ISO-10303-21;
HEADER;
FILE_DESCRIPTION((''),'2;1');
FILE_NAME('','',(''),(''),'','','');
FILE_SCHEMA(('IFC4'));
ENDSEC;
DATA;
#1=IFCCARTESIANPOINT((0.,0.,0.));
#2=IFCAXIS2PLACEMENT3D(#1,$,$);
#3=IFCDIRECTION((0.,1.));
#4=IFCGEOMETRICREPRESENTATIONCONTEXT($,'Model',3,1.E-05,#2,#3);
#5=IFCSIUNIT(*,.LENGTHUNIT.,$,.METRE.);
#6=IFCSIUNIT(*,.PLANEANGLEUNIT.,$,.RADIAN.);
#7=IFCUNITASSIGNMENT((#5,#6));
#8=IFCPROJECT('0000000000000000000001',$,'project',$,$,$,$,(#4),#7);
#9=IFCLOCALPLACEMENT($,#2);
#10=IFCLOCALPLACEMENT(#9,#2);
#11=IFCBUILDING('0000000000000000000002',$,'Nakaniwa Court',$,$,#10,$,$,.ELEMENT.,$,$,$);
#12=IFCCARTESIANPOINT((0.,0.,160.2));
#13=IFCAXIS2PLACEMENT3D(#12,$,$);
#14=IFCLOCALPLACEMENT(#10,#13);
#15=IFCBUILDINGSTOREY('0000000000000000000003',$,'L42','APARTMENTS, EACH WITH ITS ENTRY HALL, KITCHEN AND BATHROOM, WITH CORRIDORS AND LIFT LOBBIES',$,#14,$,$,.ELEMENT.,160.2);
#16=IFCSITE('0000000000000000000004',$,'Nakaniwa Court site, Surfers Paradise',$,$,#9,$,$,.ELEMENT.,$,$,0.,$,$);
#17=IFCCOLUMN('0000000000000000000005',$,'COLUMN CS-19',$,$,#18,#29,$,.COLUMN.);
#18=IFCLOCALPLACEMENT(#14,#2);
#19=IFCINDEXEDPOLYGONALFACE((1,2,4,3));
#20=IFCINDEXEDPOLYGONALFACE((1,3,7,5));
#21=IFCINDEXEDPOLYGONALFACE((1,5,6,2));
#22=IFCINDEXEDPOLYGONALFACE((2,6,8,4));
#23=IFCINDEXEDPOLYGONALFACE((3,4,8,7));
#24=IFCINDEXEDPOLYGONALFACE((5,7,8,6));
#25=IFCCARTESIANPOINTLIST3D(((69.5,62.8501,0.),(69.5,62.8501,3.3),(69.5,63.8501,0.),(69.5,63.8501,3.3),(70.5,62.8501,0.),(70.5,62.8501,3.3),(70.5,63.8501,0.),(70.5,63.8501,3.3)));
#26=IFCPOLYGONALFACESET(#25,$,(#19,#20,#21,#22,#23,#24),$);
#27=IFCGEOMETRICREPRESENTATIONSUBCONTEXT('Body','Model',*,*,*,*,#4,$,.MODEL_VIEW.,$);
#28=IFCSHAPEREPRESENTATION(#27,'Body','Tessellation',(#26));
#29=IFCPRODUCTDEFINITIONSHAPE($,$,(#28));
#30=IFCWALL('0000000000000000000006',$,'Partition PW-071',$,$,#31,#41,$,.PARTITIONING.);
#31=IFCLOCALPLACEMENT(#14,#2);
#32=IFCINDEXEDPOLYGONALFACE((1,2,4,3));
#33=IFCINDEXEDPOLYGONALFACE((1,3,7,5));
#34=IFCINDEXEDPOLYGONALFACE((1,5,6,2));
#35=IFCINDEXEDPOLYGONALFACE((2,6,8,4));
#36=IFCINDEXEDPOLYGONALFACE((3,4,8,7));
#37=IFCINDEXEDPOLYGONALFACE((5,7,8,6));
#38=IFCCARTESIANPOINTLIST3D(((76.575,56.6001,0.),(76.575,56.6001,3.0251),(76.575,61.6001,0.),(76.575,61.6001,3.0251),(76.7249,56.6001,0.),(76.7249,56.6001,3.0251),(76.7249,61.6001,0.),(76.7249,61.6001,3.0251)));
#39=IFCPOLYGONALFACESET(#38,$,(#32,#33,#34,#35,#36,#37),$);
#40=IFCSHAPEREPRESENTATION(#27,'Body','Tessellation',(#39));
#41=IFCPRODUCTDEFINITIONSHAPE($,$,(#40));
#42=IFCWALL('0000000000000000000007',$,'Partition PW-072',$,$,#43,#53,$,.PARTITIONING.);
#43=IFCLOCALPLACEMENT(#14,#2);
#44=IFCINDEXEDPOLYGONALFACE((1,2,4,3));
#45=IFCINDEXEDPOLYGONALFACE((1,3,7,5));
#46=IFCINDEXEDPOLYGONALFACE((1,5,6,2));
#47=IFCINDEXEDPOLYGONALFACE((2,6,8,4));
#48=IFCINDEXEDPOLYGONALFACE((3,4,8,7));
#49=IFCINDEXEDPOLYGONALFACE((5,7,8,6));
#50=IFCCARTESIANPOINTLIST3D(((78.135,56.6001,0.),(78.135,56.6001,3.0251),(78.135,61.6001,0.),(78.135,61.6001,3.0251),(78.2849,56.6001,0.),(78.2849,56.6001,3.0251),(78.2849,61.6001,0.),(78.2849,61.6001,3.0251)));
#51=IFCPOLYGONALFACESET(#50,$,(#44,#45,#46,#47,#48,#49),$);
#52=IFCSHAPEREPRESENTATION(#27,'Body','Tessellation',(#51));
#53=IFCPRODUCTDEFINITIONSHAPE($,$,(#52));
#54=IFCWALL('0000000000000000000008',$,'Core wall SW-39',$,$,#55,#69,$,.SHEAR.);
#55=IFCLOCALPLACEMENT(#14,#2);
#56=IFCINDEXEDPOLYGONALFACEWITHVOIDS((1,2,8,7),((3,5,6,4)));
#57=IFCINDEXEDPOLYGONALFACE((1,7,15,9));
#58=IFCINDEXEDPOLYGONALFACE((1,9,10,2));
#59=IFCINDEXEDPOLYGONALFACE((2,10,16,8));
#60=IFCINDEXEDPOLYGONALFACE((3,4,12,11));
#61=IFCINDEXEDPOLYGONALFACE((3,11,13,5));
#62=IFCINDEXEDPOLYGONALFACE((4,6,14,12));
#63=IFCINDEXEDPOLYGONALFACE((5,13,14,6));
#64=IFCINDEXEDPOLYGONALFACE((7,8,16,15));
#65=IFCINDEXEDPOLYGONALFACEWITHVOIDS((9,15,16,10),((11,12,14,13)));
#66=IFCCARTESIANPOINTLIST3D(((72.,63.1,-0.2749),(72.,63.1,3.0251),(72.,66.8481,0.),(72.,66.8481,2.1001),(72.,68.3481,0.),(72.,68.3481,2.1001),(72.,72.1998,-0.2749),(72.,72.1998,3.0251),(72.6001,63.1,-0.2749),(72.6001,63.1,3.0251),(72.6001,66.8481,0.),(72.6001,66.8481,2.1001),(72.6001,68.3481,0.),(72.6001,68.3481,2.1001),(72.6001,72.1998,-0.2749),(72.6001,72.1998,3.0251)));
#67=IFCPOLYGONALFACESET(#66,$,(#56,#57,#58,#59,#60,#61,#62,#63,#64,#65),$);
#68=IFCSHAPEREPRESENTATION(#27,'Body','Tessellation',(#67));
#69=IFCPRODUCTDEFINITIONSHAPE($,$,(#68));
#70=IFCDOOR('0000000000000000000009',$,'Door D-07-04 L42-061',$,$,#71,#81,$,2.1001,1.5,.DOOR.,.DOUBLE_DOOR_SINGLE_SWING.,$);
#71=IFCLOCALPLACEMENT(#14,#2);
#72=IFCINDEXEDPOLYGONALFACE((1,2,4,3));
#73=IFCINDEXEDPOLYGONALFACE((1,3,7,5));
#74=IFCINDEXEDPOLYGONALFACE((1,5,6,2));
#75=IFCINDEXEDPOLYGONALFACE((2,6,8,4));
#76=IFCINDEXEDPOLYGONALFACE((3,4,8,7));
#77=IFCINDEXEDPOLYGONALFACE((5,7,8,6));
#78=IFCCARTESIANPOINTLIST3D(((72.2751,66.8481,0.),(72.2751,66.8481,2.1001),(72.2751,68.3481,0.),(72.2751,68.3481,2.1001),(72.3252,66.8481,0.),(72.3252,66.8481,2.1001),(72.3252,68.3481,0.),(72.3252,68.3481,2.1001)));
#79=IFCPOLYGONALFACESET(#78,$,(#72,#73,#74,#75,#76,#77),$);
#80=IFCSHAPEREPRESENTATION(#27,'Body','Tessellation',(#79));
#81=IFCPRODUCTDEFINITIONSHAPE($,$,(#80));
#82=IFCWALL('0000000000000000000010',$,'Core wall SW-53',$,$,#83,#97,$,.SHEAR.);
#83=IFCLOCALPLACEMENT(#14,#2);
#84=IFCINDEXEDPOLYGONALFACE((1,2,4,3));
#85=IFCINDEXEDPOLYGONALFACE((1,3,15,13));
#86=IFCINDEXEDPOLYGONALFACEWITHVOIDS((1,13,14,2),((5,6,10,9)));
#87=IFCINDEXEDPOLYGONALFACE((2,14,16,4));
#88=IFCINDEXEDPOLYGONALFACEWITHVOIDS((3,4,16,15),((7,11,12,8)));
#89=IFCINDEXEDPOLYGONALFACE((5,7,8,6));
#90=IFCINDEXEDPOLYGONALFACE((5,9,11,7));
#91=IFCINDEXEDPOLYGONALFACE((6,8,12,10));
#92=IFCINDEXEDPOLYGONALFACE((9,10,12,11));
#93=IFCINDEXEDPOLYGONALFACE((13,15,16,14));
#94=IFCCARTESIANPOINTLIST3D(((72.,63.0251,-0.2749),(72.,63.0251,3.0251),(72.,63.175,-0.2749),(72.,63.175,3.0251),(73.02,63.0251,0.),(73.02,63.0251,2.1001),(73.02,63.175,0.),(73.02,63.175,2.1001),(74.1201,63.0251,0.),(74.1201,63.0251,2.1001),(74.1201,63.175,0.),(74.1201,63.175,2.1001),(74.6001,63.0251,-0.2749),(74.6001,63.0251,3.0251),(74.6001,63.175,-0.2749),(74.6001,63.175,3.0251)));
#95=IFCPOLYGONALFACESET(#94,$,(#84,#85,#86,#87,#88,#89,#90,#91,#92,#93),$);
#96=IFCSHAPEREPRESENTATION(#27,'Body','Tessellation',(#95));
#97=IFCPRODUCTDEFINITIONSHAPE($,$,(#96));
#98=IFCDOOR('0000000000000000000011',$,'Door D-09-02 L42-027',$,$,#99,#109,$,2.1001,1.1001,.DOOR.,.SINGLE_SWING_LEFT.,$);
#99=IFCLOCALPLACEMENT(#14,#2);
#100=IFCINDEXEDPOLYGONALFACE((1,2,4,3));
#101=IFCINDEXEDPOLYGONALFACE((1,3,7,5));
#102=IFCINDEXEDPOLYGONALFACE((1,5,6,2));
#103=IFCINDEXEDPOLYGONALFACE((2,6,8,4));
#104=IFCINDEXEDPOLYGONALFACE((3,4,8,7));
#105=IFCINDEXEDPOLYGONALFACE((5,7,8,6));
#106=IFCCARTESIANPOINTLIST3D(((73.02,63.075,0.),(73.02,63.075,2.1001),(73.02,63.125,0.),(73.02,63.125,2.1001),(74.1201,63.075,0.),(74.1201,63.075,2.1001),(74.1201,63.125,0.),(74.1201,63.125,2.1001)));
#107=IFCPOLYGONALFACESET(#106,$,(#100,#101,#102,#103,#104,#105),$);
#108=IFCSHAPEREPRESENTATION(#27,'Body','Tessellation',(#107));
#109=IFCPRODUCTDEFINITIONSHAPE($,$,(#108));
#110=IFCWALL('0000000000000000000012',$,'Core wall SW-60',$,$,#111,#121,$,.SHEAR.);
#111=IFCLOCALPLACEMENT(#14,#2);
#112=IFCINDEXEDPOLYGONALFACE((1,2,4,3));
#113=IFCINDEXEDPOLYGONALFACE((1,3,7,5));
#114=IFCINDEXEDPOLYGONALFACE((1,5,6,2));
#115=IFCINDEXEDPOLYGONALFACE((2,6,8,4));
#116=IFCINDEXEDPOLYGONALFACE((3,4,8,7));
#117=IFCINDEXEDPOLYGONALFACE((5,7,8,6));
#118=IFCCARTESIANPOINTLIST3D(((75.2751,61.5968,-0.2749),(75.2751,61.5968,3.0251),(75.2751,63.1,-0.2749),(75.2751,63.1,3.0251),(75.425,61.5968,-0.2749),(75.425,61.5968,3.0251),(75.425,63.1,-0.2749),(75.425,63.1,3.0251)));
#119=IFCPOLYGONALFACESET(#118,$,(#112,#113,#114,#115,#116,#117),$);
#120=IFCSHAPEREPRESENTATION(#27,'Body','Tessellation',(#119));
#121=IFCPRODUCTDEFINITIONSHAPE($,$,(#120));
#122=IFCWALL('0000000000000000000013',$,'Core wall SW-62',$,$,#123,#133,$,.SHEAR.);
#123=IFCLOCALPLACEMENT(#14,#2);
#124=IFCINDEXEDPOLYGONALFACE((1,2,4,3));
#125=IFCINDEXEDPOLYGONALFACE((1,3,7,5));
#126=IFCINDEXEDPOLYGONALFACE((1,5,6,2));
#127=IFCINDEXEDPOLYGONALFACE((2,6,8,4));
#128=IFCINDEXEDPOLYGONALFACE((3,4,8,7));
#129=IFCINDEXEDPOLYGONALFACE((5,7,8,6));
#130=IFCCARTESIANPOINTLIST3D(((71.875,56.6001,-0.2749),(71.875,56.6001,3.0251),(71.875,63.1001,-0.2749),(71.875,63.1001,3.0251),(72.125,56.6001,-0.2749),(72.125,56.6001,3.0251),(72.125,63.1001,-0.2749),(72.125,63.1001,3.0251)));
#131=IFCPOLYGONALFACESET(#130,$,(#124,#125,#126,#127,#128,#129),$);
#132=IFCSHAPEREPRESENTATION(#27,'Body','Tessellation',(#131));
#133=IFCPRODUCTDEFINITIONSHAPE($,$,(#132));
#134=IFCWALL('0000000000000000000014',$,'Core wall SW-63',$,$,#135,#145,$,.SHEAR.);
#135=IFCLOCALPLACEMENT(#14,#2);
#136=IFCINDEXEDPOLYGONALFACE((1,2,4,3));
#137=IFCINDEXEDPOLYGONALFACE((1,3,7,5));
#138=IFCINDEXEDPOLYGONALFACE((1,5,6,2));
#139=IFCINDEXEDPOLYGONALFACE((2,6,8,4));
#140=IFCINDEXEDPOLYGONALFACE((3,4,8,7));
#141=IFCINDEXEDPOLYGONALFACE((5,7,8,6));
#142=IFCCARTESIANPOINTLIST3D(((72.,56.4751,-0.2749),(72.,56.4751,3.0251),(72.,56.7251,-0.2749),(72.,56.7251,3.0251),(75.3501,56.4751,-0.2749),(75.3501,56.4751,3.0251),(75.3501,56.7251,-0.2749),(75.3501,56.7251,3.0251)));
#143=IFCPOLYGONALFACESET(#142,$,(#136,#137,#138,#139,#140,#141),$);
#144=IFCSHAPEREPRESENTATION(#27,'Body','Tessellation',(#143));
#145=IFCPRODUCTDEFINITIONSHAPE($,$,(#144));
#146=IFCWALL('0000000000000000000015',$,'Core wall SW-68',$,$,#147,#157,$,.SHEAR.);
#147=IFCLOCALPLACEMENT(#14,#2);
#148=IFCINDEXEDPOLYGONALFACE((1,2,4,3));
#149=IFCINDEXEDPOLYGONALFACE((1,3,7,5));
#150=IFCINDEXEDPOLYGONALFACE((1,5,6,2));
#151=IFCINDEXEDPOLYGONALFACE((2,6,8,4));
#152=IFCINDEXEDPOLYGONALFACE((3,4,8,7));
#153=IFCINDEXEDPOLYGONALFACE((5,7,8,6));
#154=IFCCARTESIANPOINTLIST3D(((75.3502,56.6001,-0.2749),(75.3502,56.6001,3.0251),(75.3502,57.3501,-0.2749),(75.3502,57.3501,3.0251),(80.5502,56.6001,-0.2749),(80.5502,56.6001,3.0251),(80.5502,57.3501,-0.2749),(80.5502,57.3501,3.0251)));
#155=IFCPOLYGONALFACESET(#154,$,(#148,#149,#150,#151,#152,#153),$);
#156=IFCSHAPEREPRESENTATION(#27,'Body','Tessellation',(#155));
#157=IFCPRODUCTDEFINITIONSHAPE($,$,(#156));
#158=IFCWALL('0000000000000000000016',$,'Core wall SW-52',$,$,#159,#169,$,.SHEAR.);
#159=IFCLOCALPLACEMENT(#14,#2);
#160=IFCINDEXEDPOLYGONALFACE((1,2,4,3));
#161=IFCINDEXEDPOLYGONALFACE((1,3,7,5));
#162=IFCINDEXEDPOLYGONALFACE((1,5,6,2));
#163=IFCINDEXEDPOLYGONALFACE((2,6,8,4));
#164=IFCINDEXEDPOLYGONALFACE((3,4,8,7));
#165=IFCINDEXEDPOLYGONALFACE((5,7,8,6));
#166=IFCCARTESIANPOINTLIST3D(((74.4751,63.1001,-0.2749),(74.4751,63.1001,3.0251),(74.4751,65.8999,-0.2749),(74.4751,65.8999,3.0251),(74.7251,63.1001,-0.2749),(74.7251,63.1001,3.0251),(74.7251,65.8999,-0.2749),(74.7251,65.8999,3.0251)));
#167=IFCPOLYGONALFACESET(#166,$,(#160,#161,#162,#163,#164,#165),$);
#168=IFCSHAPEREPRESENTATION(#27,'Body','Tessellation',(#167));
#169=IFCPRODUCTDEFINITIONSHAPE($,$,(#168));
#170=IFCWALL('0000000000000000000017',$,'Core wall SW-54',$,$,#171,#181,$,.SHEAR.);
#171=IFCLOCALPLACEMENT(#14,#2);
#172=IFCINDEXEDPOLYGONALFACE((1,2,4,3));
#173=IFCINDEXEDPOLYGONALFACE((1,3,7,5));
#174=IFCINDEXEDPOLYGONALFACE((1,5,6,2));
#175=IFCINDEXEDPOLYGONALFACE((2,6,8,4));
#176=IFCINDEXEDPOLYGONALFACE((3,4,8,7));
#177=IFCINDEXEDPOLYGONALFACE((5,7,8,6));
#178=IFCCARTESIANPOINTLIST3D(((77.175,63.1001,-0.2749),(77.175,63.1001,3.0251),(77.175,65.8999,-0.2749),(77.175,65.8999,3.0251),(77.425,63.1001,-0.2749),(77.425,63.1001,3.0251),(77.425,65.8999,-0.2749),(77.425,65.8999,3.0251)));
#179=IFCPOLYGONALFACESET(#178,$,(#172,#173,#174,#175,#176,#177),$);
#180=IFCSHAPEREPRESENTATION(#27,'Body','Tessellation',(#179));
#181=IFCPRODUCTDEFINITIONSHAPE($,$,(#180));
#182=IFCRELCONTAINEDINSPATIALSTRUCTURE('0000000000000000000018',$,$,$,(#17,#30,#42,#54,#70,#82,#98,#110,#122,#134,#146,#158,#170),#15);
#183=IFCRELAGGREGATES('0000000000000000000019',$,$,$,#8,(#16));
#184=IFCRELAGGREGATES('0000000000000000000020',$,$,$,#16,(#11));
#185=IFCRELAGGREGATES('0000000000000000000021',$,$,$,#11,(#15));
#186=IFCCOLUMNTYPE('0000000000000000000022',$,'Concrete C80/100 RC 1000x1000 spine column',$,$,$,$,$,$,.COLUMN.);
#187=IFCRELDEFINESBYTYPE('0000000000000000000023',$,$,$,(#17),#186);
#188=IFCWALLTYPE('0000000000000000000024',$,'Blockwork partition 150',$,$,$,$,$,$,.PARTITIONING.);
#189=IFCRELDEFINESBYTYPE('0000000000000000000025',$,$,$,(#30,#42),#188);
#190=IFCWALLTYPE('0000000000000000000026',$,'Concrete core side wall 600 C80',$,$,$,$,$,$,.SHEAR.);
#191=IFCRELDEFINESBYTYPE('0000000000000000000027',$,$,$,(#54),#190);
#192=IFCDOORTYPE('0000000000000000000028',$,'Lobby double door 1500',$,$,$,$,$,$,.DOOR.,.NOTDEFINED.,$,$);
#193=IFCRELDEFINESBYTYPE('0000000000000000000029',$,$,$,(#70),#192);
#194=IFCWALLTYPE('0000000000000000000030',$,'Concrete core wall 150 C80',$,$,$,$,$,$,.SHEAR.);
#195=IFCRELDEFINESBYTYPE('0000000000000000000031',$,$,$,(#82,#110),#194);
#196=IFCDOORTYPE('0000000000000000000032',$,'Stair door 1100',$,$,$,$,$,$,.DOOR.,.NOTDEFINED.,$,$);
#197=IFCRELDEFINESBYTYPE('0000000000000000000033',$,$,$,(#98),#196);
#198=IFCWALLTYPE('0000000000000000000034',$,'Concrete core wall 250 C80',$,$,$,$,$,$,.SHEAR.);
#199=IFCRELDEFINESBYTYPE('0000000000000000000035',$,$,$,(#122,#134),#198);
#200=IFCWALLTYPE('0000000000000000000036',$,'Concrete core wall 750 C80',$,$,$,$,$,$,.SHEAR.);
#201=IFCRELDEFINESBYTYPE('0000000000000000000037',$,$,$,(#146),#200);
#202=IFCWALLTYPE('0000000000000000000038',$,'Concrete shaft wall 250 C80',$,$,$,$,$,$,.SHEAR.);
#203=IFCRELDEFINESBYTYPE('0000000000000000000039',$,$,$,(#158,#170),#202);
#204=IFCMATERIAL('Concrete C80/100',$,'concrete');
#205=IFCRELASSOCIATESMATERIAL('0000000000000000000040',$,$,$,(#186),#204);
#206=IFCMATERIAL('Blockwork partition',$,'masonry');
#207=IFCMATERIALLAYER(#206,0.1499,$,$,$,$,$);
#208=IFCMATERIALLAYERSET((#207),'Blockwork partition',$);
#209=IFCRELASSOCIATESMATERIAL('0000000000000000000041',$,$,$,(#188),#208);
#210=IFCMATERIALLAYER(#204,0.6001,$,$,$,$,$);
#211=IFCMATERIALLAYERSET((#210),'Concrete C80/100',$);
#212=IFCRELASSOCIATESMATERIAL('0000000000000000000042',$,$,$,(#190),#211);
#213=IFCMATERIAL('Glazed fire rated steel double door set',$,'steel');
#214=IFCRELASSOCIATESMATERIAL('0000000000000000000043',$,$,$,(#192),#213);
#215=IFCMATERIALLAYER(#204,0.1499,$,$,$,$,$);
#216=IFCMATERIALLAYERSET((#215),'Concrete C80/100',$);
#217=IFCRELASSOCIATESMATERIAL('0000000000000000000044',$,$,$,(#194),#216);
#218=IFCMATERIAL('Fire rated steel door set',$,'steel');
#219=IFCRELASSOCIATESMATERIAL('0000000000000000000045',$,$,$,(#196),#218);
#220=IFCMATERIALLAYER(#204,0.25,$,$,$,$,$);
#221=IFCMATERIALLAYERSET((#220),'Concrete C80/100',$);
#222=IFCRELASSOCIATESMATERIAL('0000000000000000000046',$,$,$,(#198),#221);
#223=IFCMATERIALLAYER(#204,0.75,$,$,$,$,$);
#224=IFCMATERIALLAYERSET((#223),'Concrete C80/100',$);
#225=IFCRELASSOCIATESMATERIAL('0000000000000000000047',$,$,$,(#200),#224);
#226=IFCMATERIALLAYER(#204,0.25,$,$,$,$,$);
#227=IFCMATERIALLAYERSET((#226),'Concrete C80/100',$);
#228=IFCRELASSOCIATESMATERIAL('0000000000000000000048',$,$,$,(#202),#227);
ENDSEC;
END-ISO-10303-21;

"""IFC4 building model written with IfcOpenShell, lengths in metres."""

from ifc_helpers import new_model, si_unit, direction, frame, frame_2d, origin, origin_2d, place, context, subcontext, project, spatial, rectangle, extrude, material, layer, layer_set, material_profile, profile_set, type_object, element, fill, save


model = new_model("IFC4")

# Units and contexts
model_context = context("Model", 3, precision=1e-05, world=origin(), true_north=direction((0.0, 1.0)))
body_context = subcontext(model_context, "Body", "Model", "MODEL_VIEW")
ifc_project = project(units=[si_unit("LENGTHUNIT", "METRE"), si_unit("PLANEANGLEUNIT", "RADIAN")], contexts=[model_context])

# Site, building, storey
site_placement = place(None, origin())
site = spatial("IfcSite", under=ifc_project, at=site_placement, Name="Nakaniwa Court site, Surfers Paradise", CompositionType="ELEMENT", RefElevation=0.0)
building_placement = place(site_placement, origin())
building = spatial("IfcBuilding", under=site, at=building_placement, Name="Nakaniwa Court", CompositionType="ELEMENT")
storey_placement = place(building_placement, frame((0.0, 0.0, 160.2)))
storey = spatial("IfcBuildingStorey", under=building, at=storey_placement, Name="L42", Description="APARTMENTS, EACH WITH ITS ENTRY HALL, KITCHEN AND BATHROOM, WITH CORRIDORS AND LIFT LOBBIES", CompositionType="ELEMENT", Elevation=160.2)

# Column
ifc_material_1 = material(Name="Concrete C80/100", Category="concrete")
ifc_material_profile = material_profile(ifc_material_1, rectangle(XDim=1.0, YDim=1.0, at=origin_2d()), Name="Concrete C80/100 RC 1000x1000 spine column")
ifc_profile_set = profile_set([ifc_material_profile], Name="Concrete C80/100")
column_type = type_object("IfcColumnType", Name="Concrete C80/100 RC 1000x1000 spine column", PredefinedType="COLUMN", material=ifc_profile_set)
column_placement = place(storey_placement, frame((70.0, 63.3501, 0.0), z_axis=(0.0, 0.0, 1.0), x_axis=(0.0, -1.0, 0.0)))
element("IfcColumn", 1, at=column_placement, inside=storey, type_object=column_type, Name="COLUMN CS-19", PredefinedType="COLUMN", context=body_context, shape_type="SweptSolid", body=[
    extrude(rectangle(XDim=1.0, YDim=1.0, at=origin_2d()), origin(), (0.0, 0.0, 1.0), 3.3),
])

# Walls
ifc_material_2 = material(Name="Blockwork partition", Category="masonry")
ifc_layer_1 = layer(ifc_material_2, 0.1499)
ifc_layer_set_1 = layer_set([ifc_layer_1], Name="Blockwork partition")
wall_type_1 = type_object("IfcWallType", Name="Blockwork partition 150", PredefinedType="PARTITIONING", material=ifc_layer_set_1)
for number, where, z_axis, x_axis, name in (
    (2, (76.6499, 56.6001, 0.0), (0.0, 0.0, 1.0), (0.0, 1.0, 0.0), "Partition PW-071"),
    (3, (78.21, 56.6001, 0.0), (0.0, 0.0, 1.0), (0.0, 1.0, 0.0), "Partition PW-072"),
):
    element("IfcWall", number, at=place(storey_placement, frame(where, z_axis=z_axis, x_axis=x_axis)), inside=storey, type_object=wall_type_1, Name=name, PredefinedType="PARTITIONING", context=body_context, shape_type="SweptSolid", body=[
        extrude(rectangle(XDim=5.0, YDim=0.1499, at=frame_2d((2.5, 0.0))), origin(), (0.0, 0.0, 1.0), 3.0251),
    ])

# Walls, openings, doors
ifc_layer_2 = layer(ifc_material_1, 0.6001)
ifc_layer_set_2 = layer_set([ifc_layer_2], Name="Concrete C80/100")
wall_type_2 = type_object("IfcWallType", Name="Concrete core side wall 600 C80", PredefinedType="SHEAR", material=ifc_layer_set_2)
wall_1_placement = place(storey_placement, frame((72.3, 63.1001, -0.2749), z_axis=(0.0, 0.0, 1.0), x_axis=(0.0, 1.0, 0.0)))
wall_1 = element("IfcWall", 4, at=wall_1_placement, inside=storey, type_object=wall_type_2, Name="Core wall SW-39", PredefinedType="SHEAR", context=body_context, shape_type="SweptSolid", body=[
    extrude(rectangle(XDim=9.0999, YDim=0.6001, at=frame_2d((4.5498, 0.0))), origin(), (0.0, 0.0, 1.0), 3.3),
])
opening_1_placement = place(wall_1_placement, frame((3.748, 0.0, 0.2749)))
opening_1 = element("IfcOpeningElement", 5, at=opening_1_placement, cuts=wall_1, PredefinedType="OPENING", context=body_context, shape_type="SweptSolid", body=[
    extrude(rectangle(XDim=1.5, YDim=2.1001, at=frame_2d((0.75, 1.05))), frame((0.0, 0.3101, 0.0), z_axis=(0.0, -1.0, 0.0), x_axis=(1.0, 0.0, 0.0)), (0.0, 0.0, 1.0), 0.6201),
])
ifc_material_3 = material(Name="Glazed fire rated steel double door set", Category="steel")
door_type_1 = type_object("IfcDoorType", Name="Lobby double door 1500", OperationType="NOTDEFINED", PredefinedType="DOOR", material=ifc_material_3)
door_1_placement = place(opening_1_placement, origin())
door_1 = element("IfcDoor", 6, at=door_1_placement, inside=storey, type_object=door_type_1, Name="Door D-07-04 L42-061", OperationType="DOUBLE_DOOR_SINGLE_SWING", OverallHeight=2.1001, OverallWidth=1.5, PredefinedType="DOOR", context=body_context, shape_type="SweptSolid", body=[
    extrude(rectangle(XDim=1.5, YDim=2.1001, at=frame_2d((0.75, 1.05))), frame((0.0, 0.0249, 0.0), z_axis=(0.0, -1.0, 0.0), x_axis=(1.0, 0.0, 0.0)), (0.0, 0.0, 1.0), 0.05),
])
fill(opening_1, door_1)
ifc_layer_3 = layer(ifc_material_1, 0.1499)
ifc_layer_set_3 = layer_set([ifc_layer_3], Name="Concrete C80/100")
wall_type_3 = type_object("IfcWallType", Name="Concrete core wall 150 C80", PredefinedType="SHEAR", material=ifc_layer_set_3)
wall_2_placement = place(storey_placement, frame((72.0, 63.1001, -0.2749), z_axis=(0.0, 0.0, 1.0), x_axis=(1.0, 0.0, 0.0)))
wall_2 = element("IfcWall", 7, at=wall_2_placement, inside=storey, type_object=wall_type_3, Name="Core wall SW-53", PredefinedType="SHEAR", context=body_context, shape_type="SweptSolid", body=[
    extrude(rectangle(XDim=2.6001, YDim=0.1499, at=frame_2d((1.3, 0.0))), origin(), (0.0, 0.0, 1.0), 3.3),
])
opening_2_placement = place(wall_2_placement, frame((1.02, 0.0, 0.2749)))
opening_2 = element("IfcOpeningElement", 8, at=opening_2_placement, cuts=wall_2, PredefinedType="OPENING", context=body_context, shape_type="SweptSolid", body=[
    extrude(rectangle(XDim=1.1001, YDim=2.1001, at=frame_2d((0.55, 1.05))), frame((0.0, 0.085, 0.0), z_axis=(0.0, -1.0, 0.0), x_axis=(1.0, 0.0, 0.0)), (0.0, 0.0, 1.0), 0.1699),
])
ifc_material_4 = material(Name="Fire rated steel door set", Category="steel")
door_type_2 = type_object("IfcDoorType", Name="Stair door 1100", OperationType="NOTDEFINED", PredefinedType="DOOR", material=ifc_material_4)
door_2_placement = place(opening_2_placement, origin())
door_2 = element("IfcDoor", 9, at=door_2_placement, inside=storey, type_object=door_type_2, Name="Door D-09-02 L42-027", OperationType="SINGLE_SWING_LEFT", OverallHeight=2.1001, OverallWidth=1.1001, PredefinedType="DOOR", context=body_context, shape_type="SweptSolid", body=[
    extrude(rectangle(XDim=1.1001, YDim=2.1001, at=frame_2d((0.55, 1.05))), frame((0.0, 0.0249, 0.0), z_axis=(0.0, -1.0, 0.0), x_axis=(1.0, 0.0, 0.0)), (0.0, 0.0, 1.0), 0.05),
])
fill(opening_2, door_2)

# Walls
wall_3_placement = place(storey_placement, frame((75.3501, 61.5969, -0.2749), z_axis=(0.0, 0.0, 1.0), x_axis=(0.0, 1.0, 0.0)))
element("IfcWall", 10, at=wall_3_placement, inside=storey, type_object=wall_type_3, Name="Core wall SW-60", PredefinedType="SHEAR", context=body_context, shape_type="SweptSolid", body=[
    extrude(rectangle(XDim=1.5032, YDim=0.1499, at=frame_2d((0.7515, 0.0))), origin(), (0.0, 0.0, 1.0), 3.3),
])
ifc_layer_4 = layer(ifc_material_1, 0.25)
ifc_layer_set_4 = layer_set([ifc_layer_4], Name="Concrete C80/100")
wall_type_4 = type_object("IfcWallType", Name="Concrete core wall 250 C80", PredefinedType="SHEAR", material=ifc_layer_set_4)
wall_4_placement = place(storey_placement, frame((72.0, 56.6001, -0.2749), z_axis=(0.0, 0.0, 1.0), x_axis=(0.0, 1.0, 0.0)))
element("IfcWall", 11, at=wall_4_placement, inside=storey, type_object=wall_type_4, Name="Core wall SW-62", PredefinedType="SHEAR", context=body_context, shape_type="SweptSolid", body=[
    extrude(rectangle(XDim=6.5, YDim=0.25, at=frame_2d((3.25, 0.0))), origin(), (0.0, 0.0, 1.0), 3.3),
])
wall_5_placement = place(storey_placement, frame((72.0, 56.6001, -0.2749), z_axis=(0.0, 0.0, 1.0), x_axis=(1.0, 0.0, 0.0)))
element("IfcWall", 12, at=wall_5_placement, inside=storey, type_object=wall_type_4, Name="Core wall SW-63", PredefinedType="SHEAR", context=body_context, shape_type="SweptSolid", body=[
    extrude(rectangle(XDim=3.3501, YDim=0.25, at=frame_2d((1.675, 0.0))), origin(), (0.0, 0.0, 1.0), 3.3),
])
ifc_layer_5 = layer(ifc_material_1, 0.75)
ifc_layer_set_5 = layer_set([ifc_layer_5], Name="Concrete C80/100")
wall_type_5 = type_object("IfcWallType", Name="Concrete core wall 750 C80", PredefinedType="SHEAR", material=ifc_layer_set_5)
wall_6_placement = place(storey_placement, frame((75.3501, 56.9751, -0.2749), z_axis=(0.0, 0.0, 1.0), x_axis=(1.0, 0.0, 0.0)))
element("IfcWall", 13, at=wall_6_placement, inside=storey, type_object=wall_type_5, Name="Core wall SW-68", PredefinedType="SHEAR", context=body_context, shape_type="SweptSolid", body=[
    extrude(rectangle(XDim=5.2, YDim=0.75, at=frame_2d((2.6001, 0.0))), origin(), (0.0, 0.0, 1.0), 3.3),
])
ifc_layer_6 = layer(ifc_material_1, 0.25)
ifc_layer_set_6 = layer_set([ifc_layer_6], Name="Concrete C80/100")
wall_type_6 = type_object("IfcWallType", Name="Concrete shaft wall 250 C80", PredefinedType="SHEAR", material=ifc_layer_set_6)
for number, where, z_axis, x_axis, name in (
    (14, (74.6001, 63.1001, -0.2749), (0.0, 0.0, 1.0), (0.0, 1.0, 0.0), "Core wall SW-52"),
    (15, (77.3, 63.1001, -0.2749), (0.0, 0.0, 1.0), (0.0, 1.0, 0.0), "Core wall SW-54"),
):
    element("IfcWall", number, at=place(storey_placement, frame(where, z_axis=z_axis, x_axis=x_axis)), inside=storey, type_object=wall_type_6, Name=name, PredefinedType="SHEAR", context=body_context, shape_type="SweptSolid", body=[
        extrude(rectangle(XDim=2.7998, YDim=0.25, at=frame_2d((1.3999, 0.0))), origin(), (0.0, 0.0, 1.0), 3.3),
    ])

save(model, "model.ifc")
